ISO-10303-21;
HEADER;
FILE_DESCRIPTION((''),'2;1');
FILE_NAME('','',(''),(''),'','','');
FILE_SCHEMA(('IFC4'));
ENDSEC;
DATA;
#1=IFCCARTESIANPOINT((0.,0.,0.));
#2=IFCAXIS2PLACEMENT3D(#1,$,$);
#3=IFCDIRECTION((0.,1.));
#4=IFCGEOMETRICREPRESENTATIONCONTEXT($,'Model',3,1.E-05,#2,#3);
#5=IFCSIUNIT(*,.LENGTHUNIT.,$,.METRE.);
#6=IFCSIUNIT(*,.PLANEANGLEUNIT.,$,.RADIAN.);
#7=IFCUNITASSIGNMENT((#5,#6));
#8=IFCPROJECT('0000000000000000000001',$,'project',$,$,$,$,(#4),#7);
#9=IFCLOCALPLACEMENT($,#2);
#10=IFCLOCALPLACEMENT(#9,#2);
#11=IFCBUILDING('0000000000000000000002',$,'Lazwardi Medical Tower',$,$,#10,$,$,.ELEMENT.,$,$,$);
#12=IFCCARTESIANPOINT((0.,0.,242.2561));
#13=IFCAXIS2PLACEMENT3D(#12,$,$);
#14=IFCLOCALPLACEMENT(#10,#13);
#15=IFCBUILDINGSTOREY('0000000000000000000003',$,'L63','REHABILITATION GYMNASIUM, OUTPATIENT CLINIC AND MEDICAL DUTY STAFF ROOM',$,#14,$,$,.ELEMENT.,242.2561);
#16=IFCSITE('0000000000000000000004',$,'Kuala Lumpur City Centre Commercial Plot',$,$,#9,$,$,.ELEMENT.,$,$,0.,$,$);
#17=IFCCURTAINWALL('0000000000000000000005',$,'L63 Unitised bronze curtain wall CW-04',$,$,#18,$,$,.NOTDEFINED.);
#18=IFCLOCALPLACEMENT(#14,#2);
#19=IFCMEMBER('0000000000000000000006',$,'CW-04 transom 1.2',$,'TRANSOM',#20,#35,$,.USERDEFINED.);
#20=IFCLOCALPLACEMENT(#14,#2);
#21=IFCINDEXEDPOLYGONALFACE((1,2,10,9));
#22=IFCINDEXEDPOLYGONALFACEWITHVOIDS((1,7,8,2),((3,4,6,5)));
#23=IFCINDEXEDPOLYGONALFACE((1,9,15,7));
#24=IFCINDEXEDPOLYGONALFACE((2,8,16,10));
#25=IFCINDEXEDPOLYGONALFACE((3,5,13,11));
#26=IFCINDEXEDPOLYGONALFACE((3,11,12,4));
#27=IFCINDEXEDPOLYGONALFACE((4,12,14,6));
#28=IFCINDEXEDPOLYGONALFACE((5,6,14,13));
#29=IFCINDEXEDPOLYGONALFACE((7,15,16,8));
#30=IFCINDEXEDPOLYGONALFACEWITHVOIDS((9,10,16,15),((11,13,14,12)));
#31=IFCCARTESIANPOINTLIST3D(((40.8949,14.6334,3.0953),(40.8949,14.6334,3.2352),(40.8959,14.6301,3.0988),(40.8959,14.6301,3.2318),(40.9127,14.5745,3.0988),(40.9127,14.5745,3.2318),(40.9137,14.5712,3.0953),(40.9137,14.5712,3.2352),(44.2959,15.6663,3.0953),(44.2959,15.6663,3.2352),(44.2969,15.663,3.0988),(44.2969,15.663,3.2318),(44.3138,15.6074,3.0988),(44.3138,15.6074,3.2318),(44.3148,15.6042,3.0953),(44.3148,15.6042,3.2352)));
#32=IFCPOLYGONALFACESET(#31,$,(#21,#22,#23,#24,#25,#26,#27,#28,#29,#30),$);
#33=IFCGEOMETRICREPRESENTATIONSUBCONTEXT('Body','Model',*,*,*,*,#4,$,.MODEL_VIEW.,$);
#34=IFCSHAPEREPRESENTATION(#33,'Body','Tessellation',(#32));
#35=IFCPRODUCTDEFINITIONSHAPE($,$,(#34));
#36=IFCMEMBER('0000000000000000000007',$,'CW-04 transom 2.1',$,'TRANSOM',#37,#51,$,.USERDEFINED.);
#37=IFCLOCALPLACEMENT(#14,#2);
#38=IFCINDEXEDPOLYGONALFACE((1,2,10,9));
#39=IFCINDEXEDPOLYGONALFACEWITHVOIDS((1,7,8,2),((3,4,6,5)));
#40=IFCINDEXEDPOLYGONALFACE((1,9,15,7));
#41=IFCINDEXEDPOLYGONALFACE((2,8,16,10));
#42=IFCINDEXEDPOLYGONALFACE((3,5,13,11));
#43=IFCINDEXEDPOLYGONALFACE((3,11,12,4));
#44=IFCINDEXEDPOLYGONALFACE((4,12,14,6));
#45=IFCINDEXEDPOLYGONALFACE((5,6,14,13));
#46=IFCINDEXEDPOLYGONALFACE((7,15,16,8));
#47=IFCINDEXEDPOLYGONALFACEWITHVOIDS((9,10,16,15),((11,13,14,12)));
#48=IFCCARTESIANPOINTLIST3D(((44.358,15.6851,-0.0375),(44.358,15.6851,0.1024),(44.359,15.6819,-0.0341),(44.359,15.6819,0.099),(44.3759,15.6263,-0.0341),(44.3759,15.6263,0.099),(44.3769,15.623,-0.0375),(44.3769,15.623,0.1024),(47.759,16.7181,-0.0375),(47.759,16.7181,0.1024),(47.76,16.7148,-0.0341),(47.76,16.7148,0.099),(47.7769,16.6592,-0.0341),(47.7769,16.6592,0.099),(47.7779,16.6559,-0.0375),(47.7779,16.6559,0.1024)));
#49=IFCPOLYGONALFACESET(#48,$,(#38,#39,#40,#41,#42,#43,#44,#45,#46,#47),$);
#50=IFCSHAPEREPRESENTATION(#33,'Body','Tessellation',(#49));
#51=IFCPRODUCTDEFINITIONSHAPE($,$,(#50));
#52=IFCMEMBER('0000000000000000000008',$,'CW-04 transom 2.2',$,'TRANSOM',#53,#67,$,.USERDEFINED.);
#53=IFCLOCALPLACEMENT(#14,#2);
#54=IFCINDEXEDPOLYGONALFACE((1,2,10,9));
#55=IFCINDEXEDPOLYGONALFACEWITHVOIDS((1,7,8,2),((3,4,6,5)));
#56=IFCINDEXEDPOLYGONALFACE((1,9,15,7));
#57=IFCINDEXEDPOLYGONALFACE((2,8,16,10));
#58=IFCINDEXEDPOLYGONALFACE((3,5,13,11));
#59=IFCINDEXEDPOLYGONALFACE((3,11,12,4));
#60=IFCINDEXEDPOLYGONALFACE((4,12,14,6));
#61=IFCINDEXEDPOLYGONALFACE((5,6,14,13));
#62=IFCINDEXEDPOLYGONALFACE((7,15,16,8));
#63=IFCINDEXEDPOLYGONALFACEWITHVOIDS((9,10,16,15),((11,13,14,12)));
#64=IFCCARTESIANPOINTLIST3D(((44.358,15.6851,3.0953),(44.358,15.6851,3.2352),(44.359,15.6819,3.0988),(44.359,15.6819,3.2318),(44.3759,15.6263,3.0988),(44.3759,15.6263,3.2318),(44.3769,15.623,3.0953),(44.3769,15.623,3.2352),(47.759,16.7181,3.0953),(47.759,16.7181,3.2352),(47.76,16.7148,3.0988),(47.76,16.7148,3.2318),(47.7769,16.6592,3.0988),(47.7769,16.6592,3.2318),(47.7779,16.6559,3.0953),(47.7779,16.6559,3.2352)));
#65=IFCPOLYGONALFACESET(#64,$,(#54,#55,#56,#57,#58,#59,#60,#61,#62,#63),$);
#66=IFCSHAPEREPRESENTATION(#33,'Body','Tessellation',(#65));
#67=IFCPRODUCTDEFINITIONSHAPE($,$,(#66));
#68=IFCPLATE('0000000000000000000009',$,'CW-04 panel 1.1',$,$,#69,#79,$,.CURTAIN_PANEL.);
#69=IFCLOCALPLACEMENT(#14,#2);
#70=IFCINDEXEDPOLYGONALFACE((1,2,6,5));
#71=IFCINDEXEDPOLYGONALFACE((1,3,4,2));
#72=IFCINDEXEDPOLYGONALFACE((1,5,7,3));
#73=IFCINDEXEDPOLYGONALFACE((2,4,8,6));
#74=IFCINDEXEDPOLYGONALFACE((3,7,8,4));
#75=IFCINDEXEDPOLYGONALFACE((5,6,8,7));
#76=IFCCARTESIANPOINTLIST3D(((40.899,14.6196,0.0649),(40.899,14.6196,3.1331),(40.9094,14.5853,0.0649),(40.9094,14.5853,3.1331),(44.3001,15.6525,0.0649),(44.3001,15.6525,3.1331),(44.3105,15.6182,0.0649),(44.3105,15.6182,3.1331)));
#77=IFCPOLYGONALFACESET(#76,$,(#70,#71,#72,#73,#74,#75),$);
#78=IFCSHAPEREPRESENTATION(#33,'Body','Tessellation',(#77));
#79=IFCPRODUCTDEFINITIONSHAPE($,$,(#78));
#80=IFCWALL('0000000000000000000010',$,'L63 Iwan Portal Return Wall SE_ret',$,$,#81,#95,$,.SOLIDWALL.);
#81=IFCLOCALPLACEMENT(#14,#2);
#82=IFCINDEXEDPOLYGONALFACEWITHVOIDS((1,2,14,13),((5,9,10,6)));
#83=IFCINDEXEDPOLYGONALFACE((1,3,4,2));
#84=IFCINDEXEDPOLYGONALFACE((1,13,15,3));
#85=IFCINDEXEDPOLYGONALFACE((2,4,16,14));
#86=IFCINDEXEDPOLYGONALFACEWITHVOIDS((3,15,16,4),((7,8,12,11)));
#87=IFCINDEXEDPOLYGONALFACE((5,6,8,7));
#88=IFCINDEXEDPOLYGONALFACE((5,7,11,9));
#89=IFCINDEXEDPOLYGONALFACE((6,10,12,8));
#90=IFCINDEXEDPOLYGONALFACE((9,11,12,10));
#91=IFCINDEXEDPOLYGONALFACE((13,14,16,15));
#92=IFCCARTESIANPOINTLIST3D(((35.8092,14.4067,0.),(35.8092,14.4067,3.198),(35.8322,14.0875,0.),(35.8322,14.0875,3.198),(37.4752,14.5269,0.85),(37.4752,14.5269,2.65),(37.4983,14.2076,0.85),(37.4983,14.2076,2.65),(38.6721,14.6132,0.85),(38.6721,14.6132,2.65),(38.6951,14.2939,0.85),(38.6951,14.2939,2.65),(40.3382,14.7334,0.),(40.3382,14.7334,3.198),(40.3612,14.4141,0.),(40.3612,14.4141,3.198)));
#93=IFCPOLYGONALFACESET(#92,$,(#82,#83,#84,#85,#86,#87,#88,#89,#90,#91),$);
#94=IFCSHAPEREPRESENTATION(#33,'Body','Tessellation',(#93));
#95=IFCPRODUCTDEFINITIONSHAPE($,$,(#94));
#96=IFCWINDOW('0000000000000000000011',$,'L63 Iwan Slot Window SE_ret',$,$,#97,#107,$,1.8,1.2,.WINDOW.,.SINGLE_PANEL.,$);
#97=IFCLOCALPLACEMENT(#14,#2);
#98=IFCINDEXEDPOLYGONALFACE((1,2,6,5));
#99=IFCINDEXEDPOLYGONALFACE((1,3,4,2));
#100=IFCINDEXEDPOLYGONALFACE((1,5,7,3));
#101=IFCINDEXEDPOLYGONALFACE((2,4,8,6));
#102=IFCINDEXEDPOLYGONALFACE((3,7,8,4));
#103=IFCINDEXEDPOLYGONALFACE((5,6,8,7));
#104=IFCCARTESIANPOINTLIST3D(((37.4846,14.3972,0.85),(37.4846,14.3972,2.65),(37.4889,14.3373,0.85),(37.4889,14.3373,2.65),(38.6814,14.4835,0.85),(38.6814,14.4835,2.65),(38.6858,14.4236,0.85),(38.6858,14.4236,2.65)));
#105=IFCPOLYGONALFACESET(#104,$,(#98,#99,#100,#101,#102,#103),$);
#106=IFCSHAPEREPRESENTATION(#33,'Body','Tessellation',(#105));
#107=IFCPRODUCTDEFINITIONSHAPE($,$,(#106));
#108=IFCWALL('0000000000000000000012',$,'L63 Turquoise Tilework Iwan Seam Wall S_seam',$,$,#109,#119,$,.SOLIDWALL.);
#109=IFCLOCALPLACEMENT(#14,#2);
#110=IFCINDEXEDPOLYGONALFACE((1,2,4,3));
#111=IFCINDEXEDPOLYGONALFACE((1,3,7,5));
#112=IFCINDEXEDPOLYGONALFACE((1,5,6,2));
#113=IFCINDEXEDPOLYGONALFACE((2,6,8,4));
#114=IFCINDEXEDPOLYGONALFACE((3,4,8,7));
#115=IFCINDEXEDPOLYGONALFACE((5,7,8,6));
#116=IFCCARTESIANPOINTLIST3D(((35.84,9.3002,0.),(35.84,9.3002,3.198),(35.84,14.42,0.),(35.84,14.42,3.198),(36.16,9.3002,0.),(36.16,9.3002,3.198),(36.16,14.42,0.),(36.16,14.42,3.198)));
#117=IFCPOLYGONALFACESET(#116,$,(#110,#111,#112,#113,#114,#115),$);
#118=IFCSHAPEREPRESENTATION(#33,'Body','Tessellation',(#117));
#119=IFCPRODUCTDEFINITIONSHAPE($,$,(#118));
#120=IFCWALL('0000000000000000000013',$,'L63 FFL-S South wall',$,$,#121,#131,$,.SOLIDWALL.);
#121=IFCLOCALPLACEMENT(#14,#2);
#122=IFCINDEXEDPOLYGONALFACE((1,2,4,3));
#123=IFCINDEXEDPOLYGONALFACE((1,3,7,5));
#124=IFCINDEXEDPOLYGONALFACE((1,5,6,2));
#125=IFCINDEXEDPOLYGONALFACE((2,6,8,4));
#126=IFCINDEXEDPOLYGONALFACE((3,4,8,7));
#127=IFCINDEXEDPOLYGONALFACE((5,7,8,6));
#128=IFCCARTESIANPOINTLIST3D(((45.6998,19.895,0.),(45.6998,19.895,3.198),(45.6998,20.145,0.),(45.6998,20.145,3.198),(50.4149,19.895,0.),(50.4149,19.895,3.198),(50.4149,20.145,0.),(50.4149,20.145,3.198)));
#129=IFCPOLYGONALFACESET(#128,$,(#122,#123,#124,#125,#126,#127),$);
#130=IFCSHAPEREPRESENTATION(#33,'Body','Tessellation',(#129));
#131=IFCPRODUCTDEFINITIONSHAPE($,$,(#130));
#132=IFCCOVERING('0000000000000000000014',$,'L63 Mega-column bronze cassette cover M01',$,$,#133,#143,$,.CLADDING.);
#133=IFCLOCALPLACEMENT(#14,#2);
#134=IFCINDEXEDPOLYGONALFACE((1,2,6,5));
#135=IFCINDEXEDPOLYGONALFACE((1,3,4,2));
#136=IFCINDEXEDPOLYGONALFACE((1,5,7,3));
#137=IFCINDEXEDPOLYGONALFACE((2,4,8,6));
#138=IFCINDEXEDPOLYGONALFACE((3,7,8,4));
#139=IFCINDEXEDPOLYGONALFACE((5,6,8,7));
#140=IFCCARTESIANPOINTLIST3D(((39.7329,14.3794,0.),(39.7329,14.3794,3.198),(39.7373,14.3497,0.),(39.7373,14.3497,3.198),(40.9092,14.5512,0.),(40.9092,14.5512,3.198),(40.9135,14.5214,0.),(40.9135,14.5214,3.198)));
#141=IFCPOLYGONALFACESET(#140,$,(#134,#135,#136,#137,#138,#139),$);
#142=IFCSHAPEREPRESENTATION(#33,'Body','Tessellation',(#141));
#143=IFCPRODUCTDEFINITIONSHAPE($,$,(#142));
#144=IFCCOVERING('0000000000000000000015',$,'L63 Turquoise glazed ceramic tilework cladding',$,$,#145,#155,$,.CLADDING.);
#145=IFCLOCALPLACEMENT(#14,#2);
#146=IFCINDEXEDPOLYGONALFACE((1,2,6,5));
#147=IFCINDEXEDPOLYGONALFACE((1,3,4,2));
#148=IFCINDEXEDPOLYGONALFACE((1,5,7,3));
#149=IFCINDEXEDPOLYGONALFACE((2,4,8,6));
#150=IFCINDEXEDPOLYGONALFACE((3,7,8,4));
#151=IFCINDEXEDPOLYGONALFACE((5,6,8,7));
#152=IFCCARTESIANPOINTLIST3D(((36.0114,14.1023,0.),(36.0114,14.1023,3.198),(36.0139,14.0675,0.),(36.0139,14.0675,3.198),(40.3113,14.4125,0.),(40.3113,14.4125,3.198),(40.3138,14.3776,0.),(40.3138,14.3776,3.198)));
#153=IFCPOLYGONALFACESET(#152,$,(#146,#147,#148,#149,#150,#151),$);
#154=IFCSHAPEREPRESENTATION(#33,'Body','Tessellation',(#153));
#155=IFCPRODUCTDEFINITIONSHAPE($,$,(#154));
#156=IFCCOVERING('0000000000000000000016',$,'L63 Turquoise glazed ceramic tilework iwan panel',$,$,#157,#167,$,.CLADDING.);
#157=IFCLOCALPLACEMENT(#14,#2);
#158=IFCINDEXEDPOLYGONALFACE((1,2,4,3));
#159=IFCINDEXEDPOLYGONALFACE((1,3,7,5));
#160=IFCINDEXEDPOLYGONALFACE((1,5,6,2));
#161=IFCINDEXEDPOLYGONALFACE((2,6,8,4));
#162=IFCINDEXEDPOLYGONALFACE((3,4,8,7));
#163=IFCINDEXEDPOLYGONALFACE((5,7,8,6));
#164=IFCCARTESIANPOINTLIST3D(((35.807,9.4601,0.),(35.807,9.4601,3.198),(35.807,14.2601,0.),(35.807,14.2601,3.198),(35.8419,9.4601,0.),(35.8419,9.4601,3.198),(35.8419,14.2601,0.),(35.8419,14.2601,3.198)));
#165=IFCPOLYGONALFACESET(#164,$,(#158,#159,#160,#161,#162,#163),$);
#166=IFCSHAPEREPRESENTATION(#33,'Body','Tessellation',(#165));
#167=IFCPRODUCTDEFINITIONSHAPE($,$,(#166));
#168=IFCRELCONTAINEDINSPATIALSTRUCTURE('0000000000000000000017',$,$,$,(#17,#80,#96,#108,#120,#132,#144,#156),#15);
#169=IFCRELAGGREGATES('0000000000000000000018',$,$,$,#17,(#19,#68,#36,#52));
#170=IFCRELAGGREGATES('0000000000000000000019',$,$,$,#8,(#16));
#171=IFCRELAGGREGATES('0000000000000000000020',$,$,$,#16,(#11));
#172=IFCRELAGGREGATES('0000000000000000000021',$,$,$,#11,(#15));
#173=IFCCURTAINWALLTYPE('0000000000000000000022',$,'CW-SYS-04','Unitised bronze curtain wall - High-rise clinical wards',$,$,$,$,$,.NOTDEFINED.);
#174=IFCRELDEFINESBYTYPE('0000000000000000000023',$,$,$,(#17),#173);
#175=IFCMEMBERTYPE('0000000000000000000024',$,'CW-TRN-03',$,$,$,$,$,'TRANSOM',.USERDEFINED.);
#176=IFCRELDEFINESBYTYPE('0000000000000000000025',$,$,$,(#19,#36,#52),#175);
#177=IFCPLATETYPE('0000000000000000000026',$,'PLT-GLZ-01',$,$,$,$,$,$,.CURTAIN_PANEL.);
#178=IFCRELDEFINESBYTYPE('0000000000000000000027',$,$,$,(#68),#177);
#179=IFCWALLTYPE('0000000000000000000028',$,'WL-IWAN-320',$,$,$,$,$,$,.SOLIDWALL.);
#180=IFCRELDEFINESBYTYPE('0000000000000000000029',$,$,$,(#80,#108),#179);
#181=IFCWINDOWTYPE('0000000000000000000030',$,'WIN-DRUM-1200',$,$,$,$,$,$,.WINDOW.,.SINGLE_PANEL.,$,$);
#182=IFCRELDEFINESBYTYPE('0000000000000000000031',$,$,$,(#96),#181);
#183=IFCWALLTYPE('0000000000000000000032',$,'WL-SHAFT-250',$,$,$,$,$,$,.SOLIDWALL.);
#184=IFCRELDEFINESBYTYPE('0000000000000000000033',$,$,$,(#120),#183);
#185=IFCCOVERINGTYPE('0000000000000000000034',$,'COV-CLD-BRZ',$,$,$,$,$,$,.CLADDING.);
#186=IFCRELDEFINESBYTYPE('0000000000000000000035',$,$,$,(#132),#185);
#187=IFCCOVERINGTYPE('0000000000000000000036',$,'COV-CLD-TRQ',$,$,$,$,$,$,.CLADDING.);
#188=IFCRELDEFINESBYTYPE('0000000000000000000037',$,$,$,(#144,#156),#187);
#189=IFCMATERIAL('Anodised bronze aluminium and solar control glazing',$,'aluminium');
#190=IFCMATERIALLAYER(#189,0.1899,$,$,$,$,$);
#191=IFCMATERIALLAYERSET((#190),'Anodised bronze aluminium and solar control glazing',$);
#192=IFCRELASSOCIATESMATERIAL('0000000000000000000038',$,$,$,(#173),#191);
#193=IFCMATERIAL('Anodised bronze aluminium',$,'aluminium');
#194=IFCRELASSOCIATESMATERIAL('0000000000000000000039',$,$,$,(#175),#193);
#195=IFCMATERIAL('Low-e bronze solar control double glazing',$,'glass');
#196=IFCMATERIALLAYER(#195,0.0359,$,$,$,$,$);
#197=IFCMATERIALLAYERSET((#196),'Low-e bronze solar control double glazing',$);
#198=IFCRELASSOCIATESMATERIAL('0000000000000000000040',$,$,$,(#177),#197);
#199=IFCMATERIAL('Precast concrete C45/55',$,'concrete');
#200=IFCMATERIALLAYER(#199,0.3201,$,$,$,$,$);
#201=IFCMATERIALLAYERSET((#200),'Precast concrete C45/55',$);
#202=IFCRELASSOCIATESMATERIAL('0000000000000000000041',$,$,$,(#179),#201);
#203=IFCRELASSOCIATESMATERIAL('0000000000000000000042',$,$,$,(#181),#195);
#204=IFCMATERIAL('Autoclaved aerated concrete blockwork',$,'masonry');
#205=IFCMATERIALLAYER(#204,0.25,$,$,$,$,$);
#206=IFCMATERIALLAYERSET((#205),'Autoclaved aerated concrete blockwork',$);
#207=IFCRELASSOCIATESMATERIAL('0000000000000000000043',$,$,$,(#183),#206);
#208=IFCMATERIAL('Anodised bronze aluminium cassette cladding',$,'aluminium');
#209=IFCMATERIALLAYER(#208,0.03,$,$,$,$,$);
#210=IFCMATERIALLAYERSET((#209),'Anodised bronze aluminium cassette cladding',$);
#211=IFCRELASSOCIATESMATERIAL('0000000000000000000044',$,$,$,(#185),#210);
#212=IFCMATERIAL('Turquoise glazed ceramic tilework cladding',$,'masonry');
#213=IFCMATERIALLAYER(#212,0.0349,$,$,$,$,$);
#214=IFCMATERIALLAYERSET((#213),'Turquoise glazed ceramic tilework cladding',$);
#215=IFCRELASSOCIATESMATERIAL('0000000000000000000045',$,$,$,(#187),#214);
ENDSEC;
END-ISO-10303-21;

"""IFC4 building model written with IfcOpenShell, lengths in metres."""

from ifc_helpers import new_model, si_unit, direction, frame, frame_2d, origin, origin_2d, place, context, subcontext, project, spatial, rectangle, hollow_rectangle, extrude, material, layer, layer_set, material_profile, profile_set, type_object, element, fill, aggregate, save


model = new_model("IFC4")

# Units and contexts
model_context = context("Model", 3, precision=1e-05, world=origin(), true_north=direction((0.0, 1.0)))
body_context = subcontext(model_context, "Body", "Model", "MODEL_VIEW")
ifc_project = project(units=[si_unit("LENGTHUNIT", "METRE"), si_unit("PLANEANGLEUNIT", "RADIAN")], contexts=[model_context])

# Site, building, storey
site_placement = place(None, origin())
site = spatial("IfcSite", under=ifc_project, at=site_placement, Name="Kuala Lumpur City Centre Commercial Plot", CompositionType="ELEMENT", RefElevation=0.0)
building_placement = place(site_placement, origin())
building = spatial("IfcBuilding", under=site, at=building_placement, Name="Lazwardi Medical Tower", CompositionType="ELEMENT")
storey_placement = place(building_placement, frame((0.0, 0.0, 242.2561)))
storey = spatial("IfcBuildingStorey", under=building, at=storey_placement, Name="L63", Description="REHABILITATION GYMNASIUM, OUTPATIENT CLINIC AND MEDICAL DUTY STAFF ROOM", CompositionType="ELEMENT", Elevation=242.2561)

# Curtain wall, members, plate
ifc_material_1 = material(Name="Anodised bronze aluminium and solar control glazing", Category="aluminium")
ifc_layer_1 = layer(ifc_material_1, 0.1899)
ifc_layer_set_1 = layer_set([ifc_layer_1], Name="Anodised bronze aluminium and solar control glazing")
curtain_wall_type = type_object("IfcCurtainWallType", Name="CW-SYS-04", Description="Unitised bronze curtain wall - High-rise clinical wards", PredefinedType="NOTDEFINED", material=ifc_layer_set_1)
curtain_wall_placement = place(storey_placement, origin())
curtain_wall = element("IfcCurtainWall", 1, at=curtain_wall_placement, inside=storey, type_object=curtain_wall_type, Name="L63 Unitised bronze curtain wall CW-04", PredefinedType="NOTDEFINED")
ifc_material_2 = material(Name="Anodised bronze aluminium", Category="aluminium")
ifc_material_profile_1 = material_profile(ifc_material_2, hollow_rectangle(XDim=0.0649, YDim=0.1399, WallThickness=0.0034, at=origin_2d()), Name="ALU-TRANSOM 140x65x3.5")
ifc_profile_set_1 = profile_set([ifc_material_profile_1], Name="Anodised bronze aluminium")
member_type_1 = type_object("IfcMemberType", Name="CW-TRN-03", ElementType="TRANSOM", PredefinedType="USERDEFINED", material=ifc_profile_set_1)
member_1_placement = place(storey_placement, frame((40.9043, 14.6023, 3.1653), z_axis=(0.956843, 0.290604, 0.0), x_axis=(-0.290604, 0.956843, 0.0)))
member_1 = element("IfcMember", 2, at=member_1_placement, type_object=member_type_1, Name="CW-04 transom 1.2", ObjectType="TRANSOM", PredefinedType="USERDEFINED", context=body_context, shape_type="SweptSolid", body=[
    extrude(hollow_rectangle(XDim=0.0649, YDim=0.1399, WallThickness=0.0034, at=origin_2d()), origin(), (0.0, 0.0, 1.0), 3.5544),
])
member_2_placement = place(storey_placement, frame((44.3674, 15.6541, 0.0325), z_axis=(0.956843, 0.290604, 0.0), x_axis=(-0.290604, 0.956843, 0.0)))
member_2 = element("IfcMember", 3, at=member_2_placement, type_object=member_type_1, Name="CW-04 transom 2.1", ObjectType="TRANSOM", PredefinedType="USERDEFINED", context=body_context, shape_type="SweptSolid", body=[
    extrude(hollow_rectangle(XDim=0.0649, YDim=0.1399, WallThickness=0.0034, at=origin_2d()), origin(), (0.0, 0.0, 1.0), 3.5544),
])
member_3_placement = place(storey_placement, frame((44.3674, 15.6541, 3.1653), z_axis=(0.956843, 0.290604, 0.0), x_axis=(-0.290604, 0.956843, 0.0)))
member_3 = element("IfcMember", 4, at=member_3_placement, type_object=member_type_1, Name="CW-04 transom 2.2", ObjectType="TRANSOM", PredefinedType="USERDEFINED", context=body_context, shape_type="SweptSolid", body=[
    extrude(hollow_rectangle(XDim=0.0649, YDim=0.1399, WallThickness=0.0034, at=origin_2d()), origin(), (0.0, 0.0, 1.0), 3.5544),
])
ifc_material_3 = material(Name="Low-e bronze solar control double glazing", Category="glass")
ifc_layer_2 = layer(ifc_material_3, 0.0359)
ifc_layer_set_2 = layer_set([ifc_layer_2], Name="Low-e bronze solar control double glazing")
plate_type = type_object("IfcPlateType", Name="PLT-GLZ-01", PredefinedType="CURTAIN_PANEL", material=ifc_layer_set_2)
plate_placement = place(storey_placement, frame((42.6047, 15.1189, 0.0649), z_axis=(0.0, 0.0, 1.0), x_axis=(0.95685, 0.290582, 0.0)))
plate = element("IfcPlate", 5, at=plate_placement, type_object=plate_type, Name="CW-04 panel 1.1", PredefinedType="CURTAIN_PANEL", context=body_context, shape_type="SweptSolid", body=[
    extrude(rectangle(XDim=3.5544, YDim=0.0359, at=origin_2d()), origin(), (0.0, 0.0, 1.0), 3.0681),
])
aggregate(curtain_wall, [member_1, plate, member_2, member_3])

# Wall, opening, window
ifc_material_4 = material(Name="Precast concrete C45/55", Category="concrete")
ifc_layer_3 = layer(ifc_material_4, 0.3201)
ifc_layer_set_3 = layer_set([ifc_layer_3], Name="Precast concrete C45/55")
wall_type_1 = type_object("IfcWallType", Name="WL-IWAN-320", PredefinedType="SOLIDWALL", material=ifc_layer_set_3)
wall_1_placement = place(storey_placement, frame((35.8206, 14.2471, 0.0), z_axis=(0.0, 0.0, 1.0), x_axis=(0.997409, 0.071939, 0.0)))
wall_1 = element("IfcWall", 6, at=wall_1_placement, inside=storey, type_object=wall_type_1, Name="L63 Iwan Portal Return Wall SE_ret", PredefinedType="SOLIDWALL", context=body_context, shape_type="SweptSolid", body=[
    extrude(rectangle(XDim=4.5408, YDim=0.3201, at=frame_2d((2.2705, 0.0))), origin(), (0.0, 0.0, 1.0), 3.198),
])
opening_placement = place(wall_1_placement, frame((1.6704, 0.0, 0.8501)))
opening = element("IfcOpeningElement", 7, at=opening_placement, cuts=wall_1, PredefinedType="OPENING", context=body_context, shape_type="SweptSolid", body=[
    extrude(rectangle(XDim=1.2, YDim=1.8, at=frame_2d((0.6001, 0.8999))), frame((0.0, 0.1699, 0.0), z_axis=(0.0, -1.0, 0.0), x_axis=(1.0, 0.0, 0.0)), (0.0, 0.0, 1.0), 0.3401),
])
window_type = type_object("IfcWindowType", Name="WIN-DRUM-1200", PartitioningType="SINGLE_PANEL", PredefinedType="WINDOW", material=ifc_material_3)
window_placement = place(opening_placement, origin())
window = element("IfcWindow", 8, at=window_placement, inside=storey, type_object=window_type, Name="L63 Iwan Slot Window SE_ret", OverallHeight=1.8, OverallWidth=1.2, PartitioningType="SINGLE_PANEL", PredefinedType="WINDOW", context=body_context, shape_type="SweptSolid", body=[
    extrude(rectangle(XDim=1.2, YDim=1.8, at=frame_2d((0.6001, 0.8999))), frame((0.0, 0.03, 0.0), z_axis=(0.0, -1.0, 0.0), x_axis=(1.0, 0.0, 0.0)), (0.0, 0.0, 1.0), 0.0601),
])
fill(opening, window)

# Walls
wall_2_placement = place(storey_placement, frame((36.0, 9.3, 0.0), z_axis=(0.0, 0.0, 1.0), x_axis=(0.0, 1.0, 0.0)))
element("IfcWall", 9, at=wall_2_placement, inside=storey, type_object=wall_type_1, Name="L63 Turquoise Tilework Iwan Seam Wall S_seam", PredefinedType="SOLIDWALL", context=body_context, shape_type="SweptSolid", body=[
    extrude(rectangle(XDim=5.1199, YDim=0.3201, at=frame_2d((2.5601, 0.0))), origin(), (0.0, 0.0, 1.0), 3.198),
])
ifc_material_5 = material(Name="Autoclaved aerated concrete blockwork", Category="masonry")
ifc_layer_4 = layer(ifc_material_5, 0.25)
ifc_layer_set_4 = layer_set([ifc_layer_4], Name="Autoclaved aerated concrete blockwork")
wall_type_2 = type_object("IfcWallType", Name="WL-SHAFT-250", PredefinedType="SOLIDWALL", material=ifc_layer_set_4)
wall_3_placement = place(storey_placement, frame((45.7, 20.02, 0.0), z_axis=(0.0, 0.0, 1.0), x_axis=(1.0, 0.0, 0.0)))
element("IfcWall", 10, at=wall_3_placement, inside=storey, type_object=wall_type_2, Name="L63 FFL-S South wall", PredefinedType="SOLIDWALL", context=body_context, shape_type="SweptSolid", body=[
    extrude(rectangle(XDim=4.7151, YDim=0.25, at=frame_2d((2.3574, 0.0))), origin(), (0.0, 0.0, 1.0), 3.198),
])

# Coverings
ifc_material_6 = material(Name="Anodised bronze aluminium cassette cladding", Category="aluminium")
ifc_layer_5 = layer(ifc_material_6, 0.03)
ifc_layer_set_5 = layer_set([ifc_layer_5], Name="Anodised bronze aluminium cassette cladding")
covering_type_1 = type_object("IfcCoveringType", Name="COV-CLD-BRZ", PredefinedType="CLADDING", material=ifc_layer_set_5)
covering_1_placement = place(storey_placement, frame((40.3232, 14.4504, 0.0), z_axis=(0.0, 0.0, 1.0), x_axis=(0.989512, 0.144448, 0.0)))
element("IfcCovering", 11, at=covering_1_placement, inside=storey, type_object=covering_type_1, Name="L63 Mega-column bronze cassette cover M01", PredefinedType="CLADDING", context=body_context, shape_type="SweptSolid", body=[
    extrude(rectangle(XDim=1.1887, YDim=0.03, at=origin_2d()), origin(), (0.0, 0.0, 1.0), 3.198),
])
ifc_material_7 = material(Name="Turquoise glazed ceramic tilework cladding", Category="masonry")
ifc_layer_6 = layer(ifc_material_7, 0.0349)
ifc_layer_set_6 = layer_set([ifc_layer_6], Name="Turquoise glazed ceramic tilework cladding")
covering_type_2 = type_object("IfcCoveringType", Name="COV-CLD-TRQ", PredefinedType="CLADDING", material=ifc_layer_set_6)
covering_2_placement = place(storey_placement, frame((38.1626, 14.24, 0.0), z_axis=(0.0, 0.0, 1.0), x_axis=(0.997409, 0.071933, 0.0)))
element("IfcCovering", 12, at=covering_2_placement, inside=storey, type_object=covering_type_2, Name="L63 Turquoise glazed ceramic tilework cladding", PredefinedType="CLADDING", context=body_context, shape_type="SweptSolid", body=[
    extrude(rectangle(XDim=4.311, YDim=0.0349, at=origin_2d()), origin(), (0.0, 0.0, 1.0), 3.198),
])
covering_3_placement = place(storey_placement, frame((35.8245, 11.8601, 0.0), z_axis=(0.0, 0.0, 1.0), x_axis=(0.0, 1.0, 0.0)))
element("IfcCovering", 13, at=covering_3_placement, inside=storey, type_object=covering_type_2, Name="L63 Turquoise glazed ceramic tilework iwan panel", PredefinedType="CLADDING", context=body_context, shape_type="SweptSolid", body=[
    extrude(rectangle(XDim=4.8, YDim=0.0349, at=origin_2d()), origin(), (0.0, 0.0, 1.0), 3.198),
])

save(model, "model.ifc")
